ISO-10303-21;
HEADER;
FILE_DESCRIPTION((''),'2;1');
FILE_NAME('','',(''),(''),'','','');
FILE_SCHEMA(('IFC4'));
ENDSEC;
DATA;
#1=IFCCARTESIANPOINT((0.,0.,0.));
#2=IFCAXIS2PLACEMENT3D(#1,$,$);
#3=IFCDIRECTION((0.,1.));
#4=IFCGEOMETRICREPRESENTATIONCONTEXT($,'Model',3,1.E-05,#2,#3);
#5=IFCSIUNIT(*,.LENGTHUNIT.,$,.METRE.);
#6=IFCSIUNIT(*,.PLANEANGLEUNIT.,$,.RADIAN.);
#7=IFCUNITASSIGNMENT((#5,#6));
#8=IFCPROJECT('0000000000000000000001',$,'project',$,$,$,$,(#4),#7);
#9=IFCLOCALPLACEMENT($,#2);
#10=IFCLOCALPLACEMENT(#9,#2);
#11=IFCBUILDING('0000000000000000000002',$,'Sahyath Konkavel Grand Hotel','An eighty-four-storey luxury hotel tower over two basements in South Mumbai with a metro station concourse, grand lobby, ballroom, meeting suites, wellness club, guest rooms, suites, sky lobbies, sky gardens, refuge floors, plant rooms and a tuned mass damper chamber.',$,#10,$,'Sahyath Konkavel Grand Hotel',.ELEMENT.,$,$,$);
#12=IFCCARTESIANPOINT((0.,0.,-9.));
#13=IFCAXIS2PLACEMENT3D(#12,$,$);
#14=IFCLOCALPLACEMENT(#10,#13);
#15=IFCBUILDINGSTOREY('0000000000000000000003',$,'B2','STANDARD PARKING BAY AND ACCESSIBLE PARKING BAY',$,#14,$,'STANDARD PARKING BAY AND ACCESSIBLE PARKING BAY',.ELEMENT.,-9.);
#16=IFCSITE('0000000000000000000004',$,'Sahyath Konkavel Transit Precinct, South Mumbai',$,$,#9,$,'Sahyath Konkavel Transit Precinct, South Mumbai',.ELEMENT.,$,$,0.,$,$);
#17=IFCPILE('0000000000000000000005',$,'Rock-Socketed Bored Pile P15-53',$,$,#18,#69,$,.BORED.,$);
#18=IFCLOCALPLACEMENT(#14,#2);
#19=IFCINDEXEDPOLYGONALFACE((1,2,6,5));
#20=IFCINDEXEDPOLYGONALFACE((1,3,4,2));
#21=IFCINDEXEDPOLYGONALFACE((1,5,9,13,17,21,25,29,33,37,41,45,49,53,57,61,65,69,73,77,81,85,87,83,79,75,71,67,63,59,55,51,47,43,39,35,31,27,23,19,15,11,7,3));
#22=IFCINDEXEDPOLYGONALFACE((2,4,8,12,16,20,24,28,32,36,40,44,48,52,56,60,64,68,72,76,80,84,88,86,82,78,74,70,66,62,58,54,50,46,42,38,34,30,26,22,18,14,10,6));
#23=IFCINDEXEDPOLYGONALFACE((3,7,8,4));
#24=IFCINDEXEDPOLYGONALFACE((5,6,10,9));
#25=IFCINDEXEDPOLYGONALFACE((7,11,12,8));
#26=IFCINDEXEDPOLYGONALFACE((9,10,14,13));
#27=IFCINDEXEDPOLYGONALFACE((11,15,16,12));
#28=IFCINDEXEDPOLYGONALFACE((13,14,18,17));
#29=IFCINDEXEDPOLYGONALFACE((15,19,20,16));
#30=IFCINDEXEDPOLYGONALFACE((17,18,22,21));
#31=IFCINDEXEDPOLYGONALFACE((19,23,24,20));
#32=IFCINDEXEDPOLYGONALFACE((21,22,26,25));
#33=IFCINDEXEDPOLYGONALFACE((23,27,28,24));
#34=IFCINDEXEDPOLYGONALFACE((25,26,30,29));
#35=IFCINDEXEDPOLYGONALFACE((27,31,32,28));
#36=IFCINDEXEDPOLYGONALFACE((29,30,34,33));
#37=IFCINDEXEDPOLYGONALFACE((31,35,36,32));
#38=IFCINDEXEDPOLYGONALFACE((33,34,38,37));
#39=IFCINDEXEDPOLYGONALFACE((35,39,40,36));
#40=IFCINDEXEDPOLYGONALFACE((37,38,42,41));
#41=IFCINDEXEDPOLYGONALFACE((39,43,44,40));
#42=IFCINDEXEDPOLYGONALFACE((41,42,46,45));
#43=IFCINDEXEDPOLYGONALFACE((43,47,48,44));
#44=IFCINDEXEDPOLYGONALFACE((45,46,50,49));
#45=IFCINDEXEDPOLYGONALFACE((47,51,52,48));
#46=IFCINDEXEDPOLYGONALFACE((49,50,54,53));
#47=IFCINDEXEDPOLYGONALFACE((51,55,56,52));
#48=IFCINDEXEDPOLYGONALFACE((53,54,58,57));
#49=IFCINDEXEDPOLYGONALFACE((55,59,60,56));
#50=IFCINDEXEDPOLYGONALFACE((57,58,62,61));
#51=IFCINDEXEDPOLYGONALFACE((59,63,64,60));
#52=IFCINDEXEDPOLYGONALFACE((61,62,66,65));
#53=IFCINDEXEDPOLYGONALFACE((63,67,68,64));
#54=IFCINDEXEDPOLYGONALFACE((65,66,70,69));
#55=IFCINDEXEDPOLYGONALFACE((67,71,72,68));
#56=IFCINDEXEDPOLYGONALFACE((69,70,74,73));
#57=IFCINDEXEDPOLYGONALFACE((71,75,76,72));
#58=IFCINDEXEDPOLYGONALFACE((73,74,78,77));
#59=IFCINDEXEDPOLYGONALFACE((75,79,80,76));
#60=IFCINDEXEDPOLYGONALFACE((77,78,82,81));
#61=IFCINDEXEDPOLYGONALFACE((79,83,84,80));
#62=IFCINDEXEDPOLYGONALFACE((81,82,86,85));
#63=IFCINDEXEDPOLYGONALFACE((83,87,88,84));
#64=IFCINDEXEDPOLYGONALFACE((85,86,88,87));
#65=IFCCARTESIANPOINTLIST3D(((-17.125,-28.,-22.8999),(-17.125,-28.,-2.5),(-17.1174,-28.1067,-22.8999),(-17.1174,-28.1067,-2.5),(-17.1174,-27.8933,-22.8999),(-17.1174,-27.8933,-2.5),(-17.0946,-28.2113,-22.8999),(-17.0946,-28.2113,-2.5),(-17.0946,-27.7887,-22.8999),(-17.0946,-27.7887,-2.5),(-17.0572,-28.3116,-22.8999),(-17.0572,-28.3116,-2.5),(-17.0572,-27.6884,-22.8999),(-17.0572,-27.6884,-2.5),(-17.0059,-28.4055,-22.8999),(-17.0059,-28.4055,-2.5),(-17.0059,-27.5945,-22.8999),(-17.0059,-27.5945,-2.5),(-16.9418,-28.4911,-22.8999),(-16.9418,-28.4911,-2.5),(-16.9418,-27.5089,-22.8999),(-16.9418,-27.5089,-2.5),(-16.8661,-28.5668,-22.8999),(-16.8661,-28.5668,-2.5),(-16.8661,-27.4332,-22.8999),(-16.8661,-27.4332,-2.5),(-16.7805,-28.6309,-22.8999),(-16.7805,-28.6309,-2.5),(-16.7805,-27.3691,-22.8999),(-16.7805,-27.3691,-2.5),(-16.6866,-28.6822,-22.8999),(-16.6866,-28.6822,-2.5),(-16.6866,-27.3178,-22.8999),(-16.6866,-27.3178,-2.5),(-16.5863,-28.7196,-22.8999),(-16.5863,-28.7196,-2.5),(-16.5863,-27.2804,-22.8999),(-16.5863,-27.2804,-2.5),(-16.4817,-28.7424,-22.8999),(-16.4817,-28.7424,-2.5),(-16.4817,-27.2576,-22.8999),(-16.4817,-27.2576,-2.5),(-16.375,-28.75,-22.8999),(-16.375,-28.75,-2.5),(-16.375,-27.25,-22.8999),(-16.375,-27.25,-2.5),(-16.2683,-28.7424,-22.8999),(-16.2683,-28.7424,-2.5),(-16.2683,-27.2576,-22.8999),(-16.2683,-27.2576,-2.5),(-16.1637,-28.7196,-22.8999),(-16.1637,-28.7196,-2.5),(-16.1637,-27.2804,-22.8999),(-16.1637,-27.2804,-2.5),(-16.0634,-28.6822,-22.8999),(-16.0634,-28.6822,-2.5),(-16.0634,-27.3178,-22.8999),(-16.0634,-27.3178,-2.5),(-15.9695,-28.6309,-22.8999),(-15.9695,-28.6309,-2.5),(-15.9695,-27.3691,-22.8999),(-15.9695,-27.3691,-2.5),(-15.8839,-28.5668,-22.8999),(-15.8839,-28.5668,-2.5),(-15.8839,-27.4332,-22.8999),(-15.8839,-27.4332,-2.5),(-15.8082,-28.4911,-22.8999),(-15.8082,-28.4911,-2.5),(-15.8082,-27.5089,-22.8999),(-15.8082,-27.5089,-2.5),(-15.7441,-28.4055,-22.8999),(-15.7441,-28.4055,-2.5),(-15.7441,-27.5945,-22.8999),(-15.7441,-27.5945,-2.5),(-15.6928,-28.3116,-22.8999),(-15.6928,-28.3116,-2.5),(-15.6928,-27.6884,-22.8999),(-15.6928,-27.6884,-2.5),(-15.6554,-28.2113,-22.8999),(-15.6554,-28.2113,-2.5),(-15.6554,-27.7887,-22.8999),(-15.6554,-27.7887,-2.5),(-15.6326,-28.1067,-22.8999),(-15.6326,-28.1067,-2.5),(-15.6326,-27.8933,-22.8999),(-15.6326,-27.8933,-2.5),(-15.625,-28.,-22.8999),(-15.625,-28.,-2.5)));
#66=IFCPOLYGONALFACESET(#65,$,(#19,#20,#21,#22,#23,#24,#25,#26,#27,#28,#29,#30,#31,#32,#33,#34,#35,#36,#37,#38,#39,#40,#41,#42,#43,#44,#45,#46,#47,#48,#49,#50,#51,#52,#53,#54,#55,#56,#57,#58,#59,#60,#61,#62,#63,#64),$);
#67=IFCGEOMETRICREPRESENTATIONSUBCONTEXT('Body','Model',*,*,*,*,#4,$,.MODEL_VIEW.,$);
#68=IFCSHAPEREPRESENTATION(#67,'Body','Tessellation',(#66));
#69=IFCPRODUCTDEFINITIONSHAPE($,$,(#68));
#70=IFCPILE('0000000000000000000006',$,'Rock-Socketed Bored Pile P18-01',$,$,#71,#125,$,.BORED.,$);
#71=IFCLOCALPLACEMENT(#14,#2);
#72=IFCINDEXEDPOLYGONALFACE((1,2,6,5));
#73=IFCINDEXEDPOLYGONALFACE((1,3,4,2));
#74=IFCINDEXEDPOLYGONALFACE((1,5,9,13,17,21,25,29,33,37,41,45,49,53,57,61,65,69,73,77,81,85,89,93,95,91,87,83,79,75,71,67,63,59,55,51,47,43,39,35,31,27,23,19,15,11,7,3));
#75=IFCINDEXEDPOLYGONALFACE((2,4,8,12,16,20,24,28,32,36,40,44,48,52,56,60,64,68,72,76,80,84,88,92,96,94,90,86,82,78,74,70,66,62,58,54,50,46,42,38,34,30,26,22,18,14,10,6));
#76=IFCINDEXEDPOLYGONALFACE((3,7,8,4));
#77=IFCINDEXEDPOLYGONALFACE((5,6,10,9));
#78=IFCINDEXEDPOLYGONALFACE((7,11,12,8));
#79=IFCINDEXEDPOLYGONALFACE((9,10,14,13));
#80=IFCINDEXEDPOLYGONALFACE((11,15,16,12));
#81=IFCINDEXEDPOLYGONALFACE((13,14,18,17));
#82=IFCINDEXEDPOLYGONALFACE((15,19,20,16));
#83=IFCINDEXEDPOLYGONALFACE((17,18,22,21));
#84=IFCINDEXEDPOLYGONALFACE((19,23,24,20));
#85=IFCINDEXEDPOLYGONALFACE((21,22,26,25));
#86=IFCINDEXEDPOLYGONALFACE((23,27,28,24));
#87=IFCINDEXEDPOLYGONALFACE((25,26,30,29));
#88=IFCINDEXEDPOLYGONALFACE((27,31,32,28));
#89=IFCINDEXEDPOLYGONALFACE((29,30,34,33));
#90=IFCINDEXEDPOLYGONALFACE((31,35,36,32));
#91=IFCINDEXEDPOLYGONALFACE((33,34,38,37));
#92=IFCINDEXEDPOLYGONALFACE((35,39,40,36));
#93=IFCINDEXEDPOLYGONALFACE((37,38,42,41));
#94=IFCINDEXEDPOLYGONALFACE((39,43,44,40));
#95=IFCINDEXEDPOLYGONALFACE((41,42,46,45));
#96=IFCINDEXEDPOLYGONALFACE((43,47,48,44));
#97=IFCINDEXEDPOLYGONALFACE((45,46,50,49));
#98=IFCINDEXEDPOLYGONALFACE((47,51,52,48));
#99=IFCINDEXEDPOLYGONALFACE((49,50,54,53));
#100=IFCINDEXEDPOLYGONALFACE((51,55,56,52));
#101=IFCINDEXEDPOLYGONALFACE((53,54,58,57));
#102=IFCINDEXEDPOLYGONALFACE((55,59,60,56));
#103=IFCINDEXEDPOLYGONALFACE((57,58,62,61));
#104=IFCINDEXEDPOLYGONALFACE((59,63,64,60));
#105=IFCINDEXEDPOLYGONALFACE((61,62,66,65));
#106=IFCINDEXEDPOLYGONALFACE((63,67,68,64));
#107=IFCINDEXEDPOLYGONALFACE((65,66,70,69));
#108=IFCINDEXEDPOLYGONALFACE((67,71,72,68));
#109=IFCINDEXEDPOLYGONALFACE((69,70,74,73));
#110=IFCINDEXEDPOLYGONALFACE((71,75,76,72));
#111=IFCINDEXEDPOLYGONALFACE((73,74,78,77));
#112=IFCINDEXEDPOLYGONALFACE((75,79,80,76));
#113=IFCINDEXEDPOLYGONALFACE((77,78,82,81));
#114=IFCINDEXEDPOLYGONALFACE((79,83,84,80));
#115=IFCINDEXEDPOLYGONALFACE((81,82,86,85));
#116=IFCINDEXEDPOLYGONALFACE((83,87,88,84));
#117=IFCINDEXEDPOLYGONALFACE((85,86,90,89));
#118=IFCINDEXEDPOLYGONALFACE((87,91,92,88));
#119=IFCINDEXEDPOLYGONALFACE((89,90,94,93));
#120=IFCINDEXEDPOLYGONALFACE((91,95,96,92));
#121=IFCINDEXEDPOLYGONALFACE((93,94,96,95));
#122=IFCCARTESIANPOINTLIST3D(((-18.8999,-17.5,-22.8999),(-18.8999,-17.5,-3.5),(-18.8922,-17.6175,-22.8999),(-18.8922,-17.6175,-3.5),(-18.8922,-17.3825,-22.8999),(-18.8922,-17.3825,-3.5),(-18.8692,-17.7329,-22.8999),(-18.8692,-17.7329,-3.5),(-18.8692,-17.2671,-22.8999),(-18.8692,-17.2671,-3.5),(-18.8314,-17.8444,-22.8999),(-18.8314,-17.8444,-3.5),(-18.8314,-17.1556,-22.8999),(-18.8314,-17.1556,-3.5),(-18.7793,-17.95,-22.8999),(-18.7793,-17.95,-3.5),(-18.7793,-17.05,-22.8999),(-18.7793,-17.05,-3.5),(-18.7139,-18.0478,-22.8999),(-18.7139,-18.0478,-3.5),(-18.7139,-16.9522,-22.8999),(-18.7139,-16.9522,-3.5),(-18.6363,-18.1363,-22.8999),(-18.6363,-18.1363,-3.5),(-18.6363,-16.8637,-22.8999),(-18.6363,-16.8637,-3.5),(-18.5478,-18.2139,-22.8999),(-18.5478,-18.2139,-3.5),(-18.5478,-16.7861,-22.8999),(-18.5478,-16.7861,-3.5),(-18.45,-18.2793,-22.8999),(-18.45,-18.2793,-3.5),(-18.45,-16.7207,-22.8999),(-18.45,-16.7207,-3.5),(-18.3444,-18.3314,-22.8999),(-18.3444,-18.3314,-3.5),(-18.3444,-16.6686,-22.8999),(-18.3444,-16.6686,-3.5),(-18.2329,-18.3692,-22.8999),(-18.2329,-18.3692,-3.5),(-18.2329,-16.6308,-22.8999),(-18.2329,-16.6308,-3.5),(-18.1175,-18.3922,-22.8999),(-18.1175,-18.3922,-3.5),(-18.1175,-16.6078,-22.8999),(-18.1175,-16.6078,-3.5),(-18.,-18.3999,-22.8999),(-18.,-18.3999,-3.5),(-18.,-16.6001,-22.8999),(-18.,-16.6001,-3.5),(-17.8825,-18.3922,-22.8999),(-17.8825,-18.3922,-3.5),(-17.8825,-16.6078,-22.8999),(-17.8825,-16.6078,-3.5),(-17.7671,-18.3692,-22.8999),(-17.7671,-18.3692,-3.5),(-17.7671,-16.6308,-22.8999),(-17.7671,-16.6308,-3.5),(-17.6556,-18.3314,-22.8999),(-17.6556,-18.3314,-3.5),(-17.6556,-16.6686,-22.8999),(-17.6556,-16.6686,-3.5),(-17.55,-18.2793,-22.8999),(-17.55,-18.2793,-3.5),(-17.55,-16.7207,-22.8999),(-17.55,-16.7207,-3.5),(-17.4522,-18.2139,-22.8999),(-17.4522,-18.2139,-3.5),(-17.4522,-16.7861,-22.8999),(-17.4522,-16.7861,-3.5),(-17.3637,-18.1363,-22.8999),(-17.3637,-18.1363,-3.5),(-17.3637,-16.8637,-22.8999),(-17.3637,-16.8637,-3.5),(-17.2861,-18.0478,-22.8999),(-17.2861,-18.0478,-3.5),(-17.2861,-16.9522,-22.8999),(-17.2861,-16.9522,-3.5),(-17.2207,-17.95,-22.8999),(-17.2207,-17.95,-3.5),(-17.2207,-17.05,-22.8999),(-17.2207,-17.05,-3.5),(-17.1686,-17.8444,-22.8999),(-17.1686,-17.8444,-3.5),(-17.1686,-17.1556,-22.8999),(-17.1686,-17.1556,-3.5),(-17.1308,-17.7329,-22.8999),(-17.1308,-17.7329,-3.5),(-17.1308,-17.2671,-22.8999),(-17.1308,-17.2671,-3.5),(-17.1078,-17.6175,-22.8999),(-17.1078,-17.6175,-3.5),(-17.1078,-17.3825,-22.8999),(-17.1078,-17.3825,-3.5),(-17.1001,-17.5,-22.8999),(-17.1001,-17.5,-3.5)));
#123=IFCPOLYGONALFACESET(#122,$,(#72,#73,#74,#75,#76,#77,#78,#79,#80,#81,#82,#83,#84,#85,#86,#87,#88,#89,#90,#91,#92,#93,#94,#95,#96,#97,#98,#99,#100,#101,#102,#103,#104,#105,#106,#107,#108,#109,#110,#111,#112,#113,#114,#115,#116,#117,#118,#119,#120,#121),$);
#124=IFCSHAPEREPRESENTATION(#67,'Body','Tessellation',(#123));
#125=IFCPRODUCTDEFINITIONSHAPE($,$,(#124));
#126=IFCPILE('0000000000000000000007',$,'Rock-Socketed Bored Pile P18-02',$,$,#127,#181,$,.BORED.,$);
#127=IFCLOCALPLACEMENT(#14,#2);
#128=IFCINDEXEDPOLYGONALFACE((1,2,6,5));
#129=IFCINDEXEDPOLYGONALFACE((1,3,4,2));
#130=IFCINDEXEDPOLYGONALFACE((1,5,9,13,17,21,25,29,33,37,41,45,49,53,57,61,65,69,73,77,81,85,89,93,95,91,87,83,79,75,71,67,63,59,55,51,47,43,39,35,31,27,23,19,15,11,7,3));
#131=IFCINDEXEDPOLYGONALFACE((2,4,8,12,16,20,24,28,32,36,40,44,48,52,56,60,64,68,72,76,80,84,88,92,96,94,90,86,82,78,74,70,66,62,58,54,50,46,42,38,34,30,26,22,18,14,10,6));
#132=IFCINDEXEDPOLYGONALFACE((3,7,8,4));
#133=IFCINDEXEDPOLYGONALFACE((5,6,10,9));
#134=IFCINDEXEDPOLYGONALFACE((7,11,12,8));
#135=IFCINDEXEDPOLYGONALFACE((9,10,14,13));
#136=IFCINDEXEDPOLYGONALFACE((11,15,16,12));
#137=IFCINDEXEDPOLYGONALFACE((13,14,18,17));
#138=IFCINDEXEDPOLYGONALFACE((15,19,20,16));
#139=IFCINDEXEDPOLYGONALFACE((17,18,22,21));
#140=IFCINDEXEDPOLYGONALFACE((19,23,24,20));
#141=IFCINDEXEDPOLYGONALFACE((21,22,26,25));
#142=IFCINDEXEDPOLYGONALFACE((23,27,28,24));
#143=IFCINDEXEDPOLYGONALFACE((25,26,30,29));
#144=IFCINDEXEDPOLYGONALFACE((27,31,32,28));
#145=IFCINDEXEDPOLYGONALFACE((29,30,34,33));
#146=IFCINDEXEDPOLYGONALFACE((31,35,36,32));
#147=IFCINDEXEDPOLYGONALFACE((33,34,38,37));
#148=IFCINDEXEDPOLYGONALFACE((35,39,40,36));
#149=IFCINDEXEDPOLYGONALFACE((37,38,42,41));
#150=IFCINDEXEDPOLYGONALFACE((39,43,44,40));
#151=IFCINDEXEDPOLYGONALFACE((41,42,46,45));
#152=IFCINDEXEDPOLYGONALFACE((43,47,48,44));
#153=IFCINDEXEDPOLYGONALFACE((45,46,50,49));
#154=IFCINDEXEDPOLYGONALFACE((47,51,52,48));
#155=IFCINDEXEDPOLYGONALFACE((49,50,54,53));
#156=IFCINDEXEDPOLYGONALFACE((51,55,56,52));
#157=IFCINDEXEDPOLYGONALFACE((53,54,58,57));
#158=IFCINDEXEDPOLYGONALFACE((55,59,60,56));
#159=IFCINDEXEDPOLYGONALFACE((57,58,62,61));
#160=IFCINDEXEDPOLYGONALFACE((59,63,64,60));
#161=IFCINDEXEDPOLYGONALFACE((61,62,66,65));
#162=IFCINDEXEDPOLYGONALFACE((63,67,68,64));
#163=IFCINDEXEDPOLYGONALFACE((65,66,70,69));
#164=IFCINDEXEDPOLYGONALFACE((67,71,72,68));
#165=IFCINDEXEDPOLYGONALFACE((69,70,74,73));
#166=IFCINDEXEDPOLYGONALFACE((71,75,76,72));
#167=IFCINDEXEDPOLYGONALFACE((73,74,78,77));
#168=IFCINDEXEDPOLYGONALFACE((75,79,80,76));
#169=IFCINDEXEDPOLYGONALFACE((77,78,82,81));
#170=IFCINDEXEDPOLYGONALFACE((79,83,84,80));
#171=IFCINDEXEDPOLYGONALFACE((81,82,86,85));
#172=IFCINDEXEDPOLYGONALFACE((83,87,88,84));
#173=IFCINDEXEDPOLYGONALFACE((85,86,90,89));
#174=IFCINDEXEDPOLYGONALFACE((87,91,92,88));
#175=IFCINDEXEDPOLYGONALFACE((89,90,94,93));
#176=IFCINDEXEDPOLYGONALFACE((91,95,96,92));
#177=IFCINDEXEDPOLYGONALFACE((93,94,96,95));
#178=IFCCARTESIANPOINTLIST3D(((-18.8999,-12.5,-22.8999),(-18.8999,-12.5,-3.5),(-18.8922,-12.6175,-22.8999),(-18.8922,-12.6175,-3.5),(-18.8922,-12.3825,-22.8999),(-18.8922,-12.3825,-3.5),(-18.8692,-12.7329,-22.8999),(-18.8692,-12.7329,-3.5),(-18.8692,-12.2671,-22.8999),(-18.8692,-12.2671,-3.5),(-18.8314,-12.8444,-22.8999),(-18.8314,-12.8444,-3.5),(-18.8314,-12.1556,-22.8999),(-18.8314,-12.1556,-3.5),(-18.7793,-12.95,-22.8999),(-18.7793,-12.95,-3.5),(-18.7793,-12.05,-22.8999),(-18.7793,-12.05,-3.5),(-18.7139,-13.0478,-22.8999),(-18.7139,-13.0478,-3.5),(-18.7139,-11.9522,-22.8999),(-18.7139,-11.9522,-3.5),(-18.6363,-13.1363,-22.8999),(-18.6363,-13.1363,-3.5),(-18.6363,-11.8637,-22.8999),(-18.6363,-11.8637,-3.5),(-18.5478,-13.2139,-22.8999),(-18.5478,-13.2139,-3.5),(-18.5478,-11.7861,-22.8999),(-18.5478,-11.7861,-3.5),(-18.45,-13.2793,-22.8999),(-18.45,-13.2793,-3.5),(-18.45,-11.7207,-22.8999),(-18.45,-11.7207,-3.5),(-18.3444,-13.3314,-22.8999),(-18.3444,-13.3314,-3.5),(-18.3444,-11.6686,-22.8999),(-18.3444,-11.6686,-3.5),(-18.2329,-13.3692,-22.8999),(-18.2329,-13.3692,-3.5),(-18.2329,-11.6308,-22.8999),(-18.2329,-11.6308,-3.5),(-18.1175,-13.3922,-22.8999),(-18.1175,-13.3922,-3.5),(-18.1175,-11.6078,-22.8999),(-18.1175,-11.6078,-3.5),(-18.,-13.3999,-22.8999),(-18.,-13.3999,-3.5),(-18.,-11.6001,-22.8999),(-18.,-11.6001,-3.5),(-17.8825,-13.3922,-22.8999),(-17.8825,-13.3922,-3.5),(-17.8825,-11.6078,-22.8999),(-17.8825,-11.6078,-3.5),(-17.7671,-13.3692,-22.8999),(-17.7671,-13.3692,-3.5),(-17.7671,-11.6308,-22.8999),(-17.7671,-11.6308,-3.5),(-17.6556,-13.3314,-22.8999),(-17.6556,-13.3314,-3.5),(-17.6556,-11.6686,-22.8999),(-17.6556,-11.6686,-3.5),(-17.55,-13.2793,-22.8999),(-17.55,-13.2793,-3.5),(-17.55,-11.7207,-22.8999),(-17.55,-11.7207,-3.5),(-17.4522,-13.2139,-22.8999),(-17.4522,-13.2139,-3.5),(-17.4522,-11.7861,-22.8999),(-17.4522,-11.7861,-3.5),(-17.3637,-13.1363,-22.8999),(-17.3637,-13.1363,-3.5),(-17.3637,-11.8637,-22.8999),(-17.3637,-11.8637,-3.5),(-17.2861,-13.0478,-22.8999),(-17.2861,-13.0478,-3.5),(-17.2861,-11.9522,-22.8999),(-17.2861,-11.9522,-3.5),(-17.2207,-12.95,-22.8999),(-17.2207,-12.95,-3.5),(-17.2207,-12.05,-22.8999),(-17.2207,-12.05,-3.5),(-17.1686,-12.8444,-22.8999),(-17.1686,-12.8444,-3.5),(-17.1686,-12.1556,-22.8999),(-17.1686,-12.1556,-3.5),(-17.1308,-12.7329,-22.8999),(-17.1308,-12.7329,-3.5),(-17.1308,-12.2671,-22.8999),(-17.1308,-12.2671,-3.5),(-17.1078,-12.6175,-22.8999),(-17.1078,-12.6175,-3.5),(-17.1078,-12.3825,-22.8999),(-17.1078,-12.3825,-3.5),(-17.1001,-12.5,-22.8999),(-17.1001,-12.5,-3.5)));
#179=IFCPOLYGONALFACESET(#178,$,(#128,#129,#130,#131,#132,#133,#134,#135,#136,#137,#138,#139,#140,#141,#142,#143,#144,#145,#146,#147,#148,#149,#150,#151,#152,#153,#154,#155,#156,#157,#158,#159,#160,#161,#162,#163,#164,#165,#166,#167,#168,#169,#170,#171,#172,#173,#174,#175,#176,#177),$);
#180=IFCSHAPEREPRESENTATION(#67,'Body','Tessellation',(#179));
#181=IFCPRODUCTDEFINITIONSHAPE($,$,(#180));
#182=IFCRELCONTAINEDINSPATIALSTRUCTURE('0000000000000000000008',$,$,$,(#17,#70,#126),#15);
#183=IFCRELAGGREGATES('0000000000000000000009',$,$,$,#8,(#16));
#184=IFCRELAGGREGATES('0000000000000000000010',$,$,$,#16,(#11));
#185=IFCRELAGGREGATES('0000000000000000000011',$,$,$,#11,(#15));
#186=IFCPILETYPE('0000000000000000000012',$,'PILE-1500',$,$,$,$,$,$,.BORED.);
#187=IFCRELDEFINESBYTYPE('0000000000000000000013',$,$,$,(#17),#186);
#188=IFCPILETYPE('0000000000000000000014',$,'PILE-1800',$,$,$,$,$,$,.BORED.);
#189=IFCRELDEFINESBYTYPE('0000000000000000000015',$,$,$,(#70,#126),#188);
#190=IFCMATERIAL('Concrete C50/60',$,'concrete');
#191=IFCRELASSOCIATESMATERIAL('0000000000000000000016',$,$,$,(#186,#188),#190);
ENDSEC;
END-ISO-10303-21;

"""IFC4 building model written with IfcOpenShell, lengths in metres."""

from ifc_helpers import new_model, si_unit, direction, frame, origin, origin_2d, place, context, subcontext, project, spatial, circle, extrude, material, material_profile, profile_set, type_object, element, save


model = new_model("IFC4")

# Units and contexts
model_context = context("Model", 3, precision=1e-05, world=origin(), true_north=direction((0.0, 1.0)))
body_context = subcontext(model_context, "Body", "Model", "MODEL_VIEW")
ifc_project = project(units=[si_unit("LENGTHUNIT", "METRE"), si_unit("PLANEANGLEUNIT", "RADIAN")], contexts=[model_context])

# Site, building, storey
site_placement = place(None, origin())
site = spatial("IfcSite", under=ifc_project, at=site_placement, Name="Sahyath Konkavel Transit Precinct, South Mumbai", LongName="Sahyath Konkavel Transit Precinct, South Mumbai", CompositionType="ELEMENT", RefElevation=0.0)
building_placement = place(site_placement, origin())
building = spatial("IfcBuilding", under=site, at=building_placement, Name="Sahyath Konkavel Grand Hotel", Description="An eighty-four-storey luxury hotel tower over two basements in South Mumbai with a metro station concourse, grand lobby, ballroom, meeting suites, wellness club, guest rooms, suites, sky lobbies, sky gardens, refuge floors, plant rooms and a tuned mass damper chamber.", LongName="Sahyath Konkavel Grand Hotel", CompositionType="ELEMENT")
storey_placement = place(building_placement, frame((0.0, 0.0, -9.0)))
storey = spatial("IfcBuildingStorey", under=building, at=storey_placement, Name="B2", Description="STANDARD PARKING BAY AND ACCESSIBLE PARKING BAY", LongName="STANDARD PARKING BAY AND ACCESSIBLE PARKING BAY", CompositionType="ELEMENT", Elevation=-9.0)

# Piles
ifc_material_1 = material(Name="Concrete C50/60", Category="concrete")
ifc_material_profile_1 = material_profile(ifc_material_1, circle(Radius=0.75, at=origin_2d()), Name="PILE D1500")
ifc_profile_set_1 = profile_set([ifc_material_profile_1], Name="Concrete C50/60")
pile_type_1 = type_object("IfcPileType", Name="PILE-1500", PredefinedType="BORED", material=ifc_profile_set_1)
pile_placement = place(storey_placement, frame((-16.375, -28.0, -2.5), z_axis=(0.0, 0.0, -1.0), x_axis=(1.0, 0.0, 0.0)))
element("IfcPile", 1, at=pile_placement, inside=storey, type_object=pile_type_1, Name="Rock-Socketed Bored Pile P15-53", PredefinedType="BORED", context=body_context, shape_type="SweptSolid", body=[
    extrude(circle(Radius=0.75, at=origin_2d()), origin(), (0.0, 0.0, 1.0), 20.3999),
])
ifc_material_profile_2 = material_profile(ifc_material_1, circle(Radius=0.8999, at=origin_2d()), Name="PILE D1800")
ifc_profile_set_2 = profile_set([ifc_material_profile_2], Name="Concrete C50/60")
pile_type_2 = type_object("IfcPileType", Name="PILE-1800", PredefinedType="BORED", material=ifc_profile_set_2)
for number, where, z_axis, x_axis, name in (
    (2, (-18.0, -17.5, -3.5), (0.0, 0.0, -1.0), (1.0, 0.0, 0.0), "Rock-Socketed Bored Pile P18-01"),
    (3, (-18.0, -12.5, -3.5), (0.0, 0.0, -1.0), (1.0, 0.0, 0.0), "Rock-Socketed Bored Pile P18-02"),
):
    element("IfcPile", number, at=place(storey_placement, frame(where, z_axis=z_axis, x_axis=x_axis)), inside=storey, type_object=pile_type_2, Name=name, PredefinedType="BORED", context=body_context, shape_type="SweptSolid", body=[
        extrude(circle(Radius=0.8999, at=origin_2d()), origin(), (0.0, 0.0, 1.0), 19.3999),
    ])

save(model, "model.ifc")
